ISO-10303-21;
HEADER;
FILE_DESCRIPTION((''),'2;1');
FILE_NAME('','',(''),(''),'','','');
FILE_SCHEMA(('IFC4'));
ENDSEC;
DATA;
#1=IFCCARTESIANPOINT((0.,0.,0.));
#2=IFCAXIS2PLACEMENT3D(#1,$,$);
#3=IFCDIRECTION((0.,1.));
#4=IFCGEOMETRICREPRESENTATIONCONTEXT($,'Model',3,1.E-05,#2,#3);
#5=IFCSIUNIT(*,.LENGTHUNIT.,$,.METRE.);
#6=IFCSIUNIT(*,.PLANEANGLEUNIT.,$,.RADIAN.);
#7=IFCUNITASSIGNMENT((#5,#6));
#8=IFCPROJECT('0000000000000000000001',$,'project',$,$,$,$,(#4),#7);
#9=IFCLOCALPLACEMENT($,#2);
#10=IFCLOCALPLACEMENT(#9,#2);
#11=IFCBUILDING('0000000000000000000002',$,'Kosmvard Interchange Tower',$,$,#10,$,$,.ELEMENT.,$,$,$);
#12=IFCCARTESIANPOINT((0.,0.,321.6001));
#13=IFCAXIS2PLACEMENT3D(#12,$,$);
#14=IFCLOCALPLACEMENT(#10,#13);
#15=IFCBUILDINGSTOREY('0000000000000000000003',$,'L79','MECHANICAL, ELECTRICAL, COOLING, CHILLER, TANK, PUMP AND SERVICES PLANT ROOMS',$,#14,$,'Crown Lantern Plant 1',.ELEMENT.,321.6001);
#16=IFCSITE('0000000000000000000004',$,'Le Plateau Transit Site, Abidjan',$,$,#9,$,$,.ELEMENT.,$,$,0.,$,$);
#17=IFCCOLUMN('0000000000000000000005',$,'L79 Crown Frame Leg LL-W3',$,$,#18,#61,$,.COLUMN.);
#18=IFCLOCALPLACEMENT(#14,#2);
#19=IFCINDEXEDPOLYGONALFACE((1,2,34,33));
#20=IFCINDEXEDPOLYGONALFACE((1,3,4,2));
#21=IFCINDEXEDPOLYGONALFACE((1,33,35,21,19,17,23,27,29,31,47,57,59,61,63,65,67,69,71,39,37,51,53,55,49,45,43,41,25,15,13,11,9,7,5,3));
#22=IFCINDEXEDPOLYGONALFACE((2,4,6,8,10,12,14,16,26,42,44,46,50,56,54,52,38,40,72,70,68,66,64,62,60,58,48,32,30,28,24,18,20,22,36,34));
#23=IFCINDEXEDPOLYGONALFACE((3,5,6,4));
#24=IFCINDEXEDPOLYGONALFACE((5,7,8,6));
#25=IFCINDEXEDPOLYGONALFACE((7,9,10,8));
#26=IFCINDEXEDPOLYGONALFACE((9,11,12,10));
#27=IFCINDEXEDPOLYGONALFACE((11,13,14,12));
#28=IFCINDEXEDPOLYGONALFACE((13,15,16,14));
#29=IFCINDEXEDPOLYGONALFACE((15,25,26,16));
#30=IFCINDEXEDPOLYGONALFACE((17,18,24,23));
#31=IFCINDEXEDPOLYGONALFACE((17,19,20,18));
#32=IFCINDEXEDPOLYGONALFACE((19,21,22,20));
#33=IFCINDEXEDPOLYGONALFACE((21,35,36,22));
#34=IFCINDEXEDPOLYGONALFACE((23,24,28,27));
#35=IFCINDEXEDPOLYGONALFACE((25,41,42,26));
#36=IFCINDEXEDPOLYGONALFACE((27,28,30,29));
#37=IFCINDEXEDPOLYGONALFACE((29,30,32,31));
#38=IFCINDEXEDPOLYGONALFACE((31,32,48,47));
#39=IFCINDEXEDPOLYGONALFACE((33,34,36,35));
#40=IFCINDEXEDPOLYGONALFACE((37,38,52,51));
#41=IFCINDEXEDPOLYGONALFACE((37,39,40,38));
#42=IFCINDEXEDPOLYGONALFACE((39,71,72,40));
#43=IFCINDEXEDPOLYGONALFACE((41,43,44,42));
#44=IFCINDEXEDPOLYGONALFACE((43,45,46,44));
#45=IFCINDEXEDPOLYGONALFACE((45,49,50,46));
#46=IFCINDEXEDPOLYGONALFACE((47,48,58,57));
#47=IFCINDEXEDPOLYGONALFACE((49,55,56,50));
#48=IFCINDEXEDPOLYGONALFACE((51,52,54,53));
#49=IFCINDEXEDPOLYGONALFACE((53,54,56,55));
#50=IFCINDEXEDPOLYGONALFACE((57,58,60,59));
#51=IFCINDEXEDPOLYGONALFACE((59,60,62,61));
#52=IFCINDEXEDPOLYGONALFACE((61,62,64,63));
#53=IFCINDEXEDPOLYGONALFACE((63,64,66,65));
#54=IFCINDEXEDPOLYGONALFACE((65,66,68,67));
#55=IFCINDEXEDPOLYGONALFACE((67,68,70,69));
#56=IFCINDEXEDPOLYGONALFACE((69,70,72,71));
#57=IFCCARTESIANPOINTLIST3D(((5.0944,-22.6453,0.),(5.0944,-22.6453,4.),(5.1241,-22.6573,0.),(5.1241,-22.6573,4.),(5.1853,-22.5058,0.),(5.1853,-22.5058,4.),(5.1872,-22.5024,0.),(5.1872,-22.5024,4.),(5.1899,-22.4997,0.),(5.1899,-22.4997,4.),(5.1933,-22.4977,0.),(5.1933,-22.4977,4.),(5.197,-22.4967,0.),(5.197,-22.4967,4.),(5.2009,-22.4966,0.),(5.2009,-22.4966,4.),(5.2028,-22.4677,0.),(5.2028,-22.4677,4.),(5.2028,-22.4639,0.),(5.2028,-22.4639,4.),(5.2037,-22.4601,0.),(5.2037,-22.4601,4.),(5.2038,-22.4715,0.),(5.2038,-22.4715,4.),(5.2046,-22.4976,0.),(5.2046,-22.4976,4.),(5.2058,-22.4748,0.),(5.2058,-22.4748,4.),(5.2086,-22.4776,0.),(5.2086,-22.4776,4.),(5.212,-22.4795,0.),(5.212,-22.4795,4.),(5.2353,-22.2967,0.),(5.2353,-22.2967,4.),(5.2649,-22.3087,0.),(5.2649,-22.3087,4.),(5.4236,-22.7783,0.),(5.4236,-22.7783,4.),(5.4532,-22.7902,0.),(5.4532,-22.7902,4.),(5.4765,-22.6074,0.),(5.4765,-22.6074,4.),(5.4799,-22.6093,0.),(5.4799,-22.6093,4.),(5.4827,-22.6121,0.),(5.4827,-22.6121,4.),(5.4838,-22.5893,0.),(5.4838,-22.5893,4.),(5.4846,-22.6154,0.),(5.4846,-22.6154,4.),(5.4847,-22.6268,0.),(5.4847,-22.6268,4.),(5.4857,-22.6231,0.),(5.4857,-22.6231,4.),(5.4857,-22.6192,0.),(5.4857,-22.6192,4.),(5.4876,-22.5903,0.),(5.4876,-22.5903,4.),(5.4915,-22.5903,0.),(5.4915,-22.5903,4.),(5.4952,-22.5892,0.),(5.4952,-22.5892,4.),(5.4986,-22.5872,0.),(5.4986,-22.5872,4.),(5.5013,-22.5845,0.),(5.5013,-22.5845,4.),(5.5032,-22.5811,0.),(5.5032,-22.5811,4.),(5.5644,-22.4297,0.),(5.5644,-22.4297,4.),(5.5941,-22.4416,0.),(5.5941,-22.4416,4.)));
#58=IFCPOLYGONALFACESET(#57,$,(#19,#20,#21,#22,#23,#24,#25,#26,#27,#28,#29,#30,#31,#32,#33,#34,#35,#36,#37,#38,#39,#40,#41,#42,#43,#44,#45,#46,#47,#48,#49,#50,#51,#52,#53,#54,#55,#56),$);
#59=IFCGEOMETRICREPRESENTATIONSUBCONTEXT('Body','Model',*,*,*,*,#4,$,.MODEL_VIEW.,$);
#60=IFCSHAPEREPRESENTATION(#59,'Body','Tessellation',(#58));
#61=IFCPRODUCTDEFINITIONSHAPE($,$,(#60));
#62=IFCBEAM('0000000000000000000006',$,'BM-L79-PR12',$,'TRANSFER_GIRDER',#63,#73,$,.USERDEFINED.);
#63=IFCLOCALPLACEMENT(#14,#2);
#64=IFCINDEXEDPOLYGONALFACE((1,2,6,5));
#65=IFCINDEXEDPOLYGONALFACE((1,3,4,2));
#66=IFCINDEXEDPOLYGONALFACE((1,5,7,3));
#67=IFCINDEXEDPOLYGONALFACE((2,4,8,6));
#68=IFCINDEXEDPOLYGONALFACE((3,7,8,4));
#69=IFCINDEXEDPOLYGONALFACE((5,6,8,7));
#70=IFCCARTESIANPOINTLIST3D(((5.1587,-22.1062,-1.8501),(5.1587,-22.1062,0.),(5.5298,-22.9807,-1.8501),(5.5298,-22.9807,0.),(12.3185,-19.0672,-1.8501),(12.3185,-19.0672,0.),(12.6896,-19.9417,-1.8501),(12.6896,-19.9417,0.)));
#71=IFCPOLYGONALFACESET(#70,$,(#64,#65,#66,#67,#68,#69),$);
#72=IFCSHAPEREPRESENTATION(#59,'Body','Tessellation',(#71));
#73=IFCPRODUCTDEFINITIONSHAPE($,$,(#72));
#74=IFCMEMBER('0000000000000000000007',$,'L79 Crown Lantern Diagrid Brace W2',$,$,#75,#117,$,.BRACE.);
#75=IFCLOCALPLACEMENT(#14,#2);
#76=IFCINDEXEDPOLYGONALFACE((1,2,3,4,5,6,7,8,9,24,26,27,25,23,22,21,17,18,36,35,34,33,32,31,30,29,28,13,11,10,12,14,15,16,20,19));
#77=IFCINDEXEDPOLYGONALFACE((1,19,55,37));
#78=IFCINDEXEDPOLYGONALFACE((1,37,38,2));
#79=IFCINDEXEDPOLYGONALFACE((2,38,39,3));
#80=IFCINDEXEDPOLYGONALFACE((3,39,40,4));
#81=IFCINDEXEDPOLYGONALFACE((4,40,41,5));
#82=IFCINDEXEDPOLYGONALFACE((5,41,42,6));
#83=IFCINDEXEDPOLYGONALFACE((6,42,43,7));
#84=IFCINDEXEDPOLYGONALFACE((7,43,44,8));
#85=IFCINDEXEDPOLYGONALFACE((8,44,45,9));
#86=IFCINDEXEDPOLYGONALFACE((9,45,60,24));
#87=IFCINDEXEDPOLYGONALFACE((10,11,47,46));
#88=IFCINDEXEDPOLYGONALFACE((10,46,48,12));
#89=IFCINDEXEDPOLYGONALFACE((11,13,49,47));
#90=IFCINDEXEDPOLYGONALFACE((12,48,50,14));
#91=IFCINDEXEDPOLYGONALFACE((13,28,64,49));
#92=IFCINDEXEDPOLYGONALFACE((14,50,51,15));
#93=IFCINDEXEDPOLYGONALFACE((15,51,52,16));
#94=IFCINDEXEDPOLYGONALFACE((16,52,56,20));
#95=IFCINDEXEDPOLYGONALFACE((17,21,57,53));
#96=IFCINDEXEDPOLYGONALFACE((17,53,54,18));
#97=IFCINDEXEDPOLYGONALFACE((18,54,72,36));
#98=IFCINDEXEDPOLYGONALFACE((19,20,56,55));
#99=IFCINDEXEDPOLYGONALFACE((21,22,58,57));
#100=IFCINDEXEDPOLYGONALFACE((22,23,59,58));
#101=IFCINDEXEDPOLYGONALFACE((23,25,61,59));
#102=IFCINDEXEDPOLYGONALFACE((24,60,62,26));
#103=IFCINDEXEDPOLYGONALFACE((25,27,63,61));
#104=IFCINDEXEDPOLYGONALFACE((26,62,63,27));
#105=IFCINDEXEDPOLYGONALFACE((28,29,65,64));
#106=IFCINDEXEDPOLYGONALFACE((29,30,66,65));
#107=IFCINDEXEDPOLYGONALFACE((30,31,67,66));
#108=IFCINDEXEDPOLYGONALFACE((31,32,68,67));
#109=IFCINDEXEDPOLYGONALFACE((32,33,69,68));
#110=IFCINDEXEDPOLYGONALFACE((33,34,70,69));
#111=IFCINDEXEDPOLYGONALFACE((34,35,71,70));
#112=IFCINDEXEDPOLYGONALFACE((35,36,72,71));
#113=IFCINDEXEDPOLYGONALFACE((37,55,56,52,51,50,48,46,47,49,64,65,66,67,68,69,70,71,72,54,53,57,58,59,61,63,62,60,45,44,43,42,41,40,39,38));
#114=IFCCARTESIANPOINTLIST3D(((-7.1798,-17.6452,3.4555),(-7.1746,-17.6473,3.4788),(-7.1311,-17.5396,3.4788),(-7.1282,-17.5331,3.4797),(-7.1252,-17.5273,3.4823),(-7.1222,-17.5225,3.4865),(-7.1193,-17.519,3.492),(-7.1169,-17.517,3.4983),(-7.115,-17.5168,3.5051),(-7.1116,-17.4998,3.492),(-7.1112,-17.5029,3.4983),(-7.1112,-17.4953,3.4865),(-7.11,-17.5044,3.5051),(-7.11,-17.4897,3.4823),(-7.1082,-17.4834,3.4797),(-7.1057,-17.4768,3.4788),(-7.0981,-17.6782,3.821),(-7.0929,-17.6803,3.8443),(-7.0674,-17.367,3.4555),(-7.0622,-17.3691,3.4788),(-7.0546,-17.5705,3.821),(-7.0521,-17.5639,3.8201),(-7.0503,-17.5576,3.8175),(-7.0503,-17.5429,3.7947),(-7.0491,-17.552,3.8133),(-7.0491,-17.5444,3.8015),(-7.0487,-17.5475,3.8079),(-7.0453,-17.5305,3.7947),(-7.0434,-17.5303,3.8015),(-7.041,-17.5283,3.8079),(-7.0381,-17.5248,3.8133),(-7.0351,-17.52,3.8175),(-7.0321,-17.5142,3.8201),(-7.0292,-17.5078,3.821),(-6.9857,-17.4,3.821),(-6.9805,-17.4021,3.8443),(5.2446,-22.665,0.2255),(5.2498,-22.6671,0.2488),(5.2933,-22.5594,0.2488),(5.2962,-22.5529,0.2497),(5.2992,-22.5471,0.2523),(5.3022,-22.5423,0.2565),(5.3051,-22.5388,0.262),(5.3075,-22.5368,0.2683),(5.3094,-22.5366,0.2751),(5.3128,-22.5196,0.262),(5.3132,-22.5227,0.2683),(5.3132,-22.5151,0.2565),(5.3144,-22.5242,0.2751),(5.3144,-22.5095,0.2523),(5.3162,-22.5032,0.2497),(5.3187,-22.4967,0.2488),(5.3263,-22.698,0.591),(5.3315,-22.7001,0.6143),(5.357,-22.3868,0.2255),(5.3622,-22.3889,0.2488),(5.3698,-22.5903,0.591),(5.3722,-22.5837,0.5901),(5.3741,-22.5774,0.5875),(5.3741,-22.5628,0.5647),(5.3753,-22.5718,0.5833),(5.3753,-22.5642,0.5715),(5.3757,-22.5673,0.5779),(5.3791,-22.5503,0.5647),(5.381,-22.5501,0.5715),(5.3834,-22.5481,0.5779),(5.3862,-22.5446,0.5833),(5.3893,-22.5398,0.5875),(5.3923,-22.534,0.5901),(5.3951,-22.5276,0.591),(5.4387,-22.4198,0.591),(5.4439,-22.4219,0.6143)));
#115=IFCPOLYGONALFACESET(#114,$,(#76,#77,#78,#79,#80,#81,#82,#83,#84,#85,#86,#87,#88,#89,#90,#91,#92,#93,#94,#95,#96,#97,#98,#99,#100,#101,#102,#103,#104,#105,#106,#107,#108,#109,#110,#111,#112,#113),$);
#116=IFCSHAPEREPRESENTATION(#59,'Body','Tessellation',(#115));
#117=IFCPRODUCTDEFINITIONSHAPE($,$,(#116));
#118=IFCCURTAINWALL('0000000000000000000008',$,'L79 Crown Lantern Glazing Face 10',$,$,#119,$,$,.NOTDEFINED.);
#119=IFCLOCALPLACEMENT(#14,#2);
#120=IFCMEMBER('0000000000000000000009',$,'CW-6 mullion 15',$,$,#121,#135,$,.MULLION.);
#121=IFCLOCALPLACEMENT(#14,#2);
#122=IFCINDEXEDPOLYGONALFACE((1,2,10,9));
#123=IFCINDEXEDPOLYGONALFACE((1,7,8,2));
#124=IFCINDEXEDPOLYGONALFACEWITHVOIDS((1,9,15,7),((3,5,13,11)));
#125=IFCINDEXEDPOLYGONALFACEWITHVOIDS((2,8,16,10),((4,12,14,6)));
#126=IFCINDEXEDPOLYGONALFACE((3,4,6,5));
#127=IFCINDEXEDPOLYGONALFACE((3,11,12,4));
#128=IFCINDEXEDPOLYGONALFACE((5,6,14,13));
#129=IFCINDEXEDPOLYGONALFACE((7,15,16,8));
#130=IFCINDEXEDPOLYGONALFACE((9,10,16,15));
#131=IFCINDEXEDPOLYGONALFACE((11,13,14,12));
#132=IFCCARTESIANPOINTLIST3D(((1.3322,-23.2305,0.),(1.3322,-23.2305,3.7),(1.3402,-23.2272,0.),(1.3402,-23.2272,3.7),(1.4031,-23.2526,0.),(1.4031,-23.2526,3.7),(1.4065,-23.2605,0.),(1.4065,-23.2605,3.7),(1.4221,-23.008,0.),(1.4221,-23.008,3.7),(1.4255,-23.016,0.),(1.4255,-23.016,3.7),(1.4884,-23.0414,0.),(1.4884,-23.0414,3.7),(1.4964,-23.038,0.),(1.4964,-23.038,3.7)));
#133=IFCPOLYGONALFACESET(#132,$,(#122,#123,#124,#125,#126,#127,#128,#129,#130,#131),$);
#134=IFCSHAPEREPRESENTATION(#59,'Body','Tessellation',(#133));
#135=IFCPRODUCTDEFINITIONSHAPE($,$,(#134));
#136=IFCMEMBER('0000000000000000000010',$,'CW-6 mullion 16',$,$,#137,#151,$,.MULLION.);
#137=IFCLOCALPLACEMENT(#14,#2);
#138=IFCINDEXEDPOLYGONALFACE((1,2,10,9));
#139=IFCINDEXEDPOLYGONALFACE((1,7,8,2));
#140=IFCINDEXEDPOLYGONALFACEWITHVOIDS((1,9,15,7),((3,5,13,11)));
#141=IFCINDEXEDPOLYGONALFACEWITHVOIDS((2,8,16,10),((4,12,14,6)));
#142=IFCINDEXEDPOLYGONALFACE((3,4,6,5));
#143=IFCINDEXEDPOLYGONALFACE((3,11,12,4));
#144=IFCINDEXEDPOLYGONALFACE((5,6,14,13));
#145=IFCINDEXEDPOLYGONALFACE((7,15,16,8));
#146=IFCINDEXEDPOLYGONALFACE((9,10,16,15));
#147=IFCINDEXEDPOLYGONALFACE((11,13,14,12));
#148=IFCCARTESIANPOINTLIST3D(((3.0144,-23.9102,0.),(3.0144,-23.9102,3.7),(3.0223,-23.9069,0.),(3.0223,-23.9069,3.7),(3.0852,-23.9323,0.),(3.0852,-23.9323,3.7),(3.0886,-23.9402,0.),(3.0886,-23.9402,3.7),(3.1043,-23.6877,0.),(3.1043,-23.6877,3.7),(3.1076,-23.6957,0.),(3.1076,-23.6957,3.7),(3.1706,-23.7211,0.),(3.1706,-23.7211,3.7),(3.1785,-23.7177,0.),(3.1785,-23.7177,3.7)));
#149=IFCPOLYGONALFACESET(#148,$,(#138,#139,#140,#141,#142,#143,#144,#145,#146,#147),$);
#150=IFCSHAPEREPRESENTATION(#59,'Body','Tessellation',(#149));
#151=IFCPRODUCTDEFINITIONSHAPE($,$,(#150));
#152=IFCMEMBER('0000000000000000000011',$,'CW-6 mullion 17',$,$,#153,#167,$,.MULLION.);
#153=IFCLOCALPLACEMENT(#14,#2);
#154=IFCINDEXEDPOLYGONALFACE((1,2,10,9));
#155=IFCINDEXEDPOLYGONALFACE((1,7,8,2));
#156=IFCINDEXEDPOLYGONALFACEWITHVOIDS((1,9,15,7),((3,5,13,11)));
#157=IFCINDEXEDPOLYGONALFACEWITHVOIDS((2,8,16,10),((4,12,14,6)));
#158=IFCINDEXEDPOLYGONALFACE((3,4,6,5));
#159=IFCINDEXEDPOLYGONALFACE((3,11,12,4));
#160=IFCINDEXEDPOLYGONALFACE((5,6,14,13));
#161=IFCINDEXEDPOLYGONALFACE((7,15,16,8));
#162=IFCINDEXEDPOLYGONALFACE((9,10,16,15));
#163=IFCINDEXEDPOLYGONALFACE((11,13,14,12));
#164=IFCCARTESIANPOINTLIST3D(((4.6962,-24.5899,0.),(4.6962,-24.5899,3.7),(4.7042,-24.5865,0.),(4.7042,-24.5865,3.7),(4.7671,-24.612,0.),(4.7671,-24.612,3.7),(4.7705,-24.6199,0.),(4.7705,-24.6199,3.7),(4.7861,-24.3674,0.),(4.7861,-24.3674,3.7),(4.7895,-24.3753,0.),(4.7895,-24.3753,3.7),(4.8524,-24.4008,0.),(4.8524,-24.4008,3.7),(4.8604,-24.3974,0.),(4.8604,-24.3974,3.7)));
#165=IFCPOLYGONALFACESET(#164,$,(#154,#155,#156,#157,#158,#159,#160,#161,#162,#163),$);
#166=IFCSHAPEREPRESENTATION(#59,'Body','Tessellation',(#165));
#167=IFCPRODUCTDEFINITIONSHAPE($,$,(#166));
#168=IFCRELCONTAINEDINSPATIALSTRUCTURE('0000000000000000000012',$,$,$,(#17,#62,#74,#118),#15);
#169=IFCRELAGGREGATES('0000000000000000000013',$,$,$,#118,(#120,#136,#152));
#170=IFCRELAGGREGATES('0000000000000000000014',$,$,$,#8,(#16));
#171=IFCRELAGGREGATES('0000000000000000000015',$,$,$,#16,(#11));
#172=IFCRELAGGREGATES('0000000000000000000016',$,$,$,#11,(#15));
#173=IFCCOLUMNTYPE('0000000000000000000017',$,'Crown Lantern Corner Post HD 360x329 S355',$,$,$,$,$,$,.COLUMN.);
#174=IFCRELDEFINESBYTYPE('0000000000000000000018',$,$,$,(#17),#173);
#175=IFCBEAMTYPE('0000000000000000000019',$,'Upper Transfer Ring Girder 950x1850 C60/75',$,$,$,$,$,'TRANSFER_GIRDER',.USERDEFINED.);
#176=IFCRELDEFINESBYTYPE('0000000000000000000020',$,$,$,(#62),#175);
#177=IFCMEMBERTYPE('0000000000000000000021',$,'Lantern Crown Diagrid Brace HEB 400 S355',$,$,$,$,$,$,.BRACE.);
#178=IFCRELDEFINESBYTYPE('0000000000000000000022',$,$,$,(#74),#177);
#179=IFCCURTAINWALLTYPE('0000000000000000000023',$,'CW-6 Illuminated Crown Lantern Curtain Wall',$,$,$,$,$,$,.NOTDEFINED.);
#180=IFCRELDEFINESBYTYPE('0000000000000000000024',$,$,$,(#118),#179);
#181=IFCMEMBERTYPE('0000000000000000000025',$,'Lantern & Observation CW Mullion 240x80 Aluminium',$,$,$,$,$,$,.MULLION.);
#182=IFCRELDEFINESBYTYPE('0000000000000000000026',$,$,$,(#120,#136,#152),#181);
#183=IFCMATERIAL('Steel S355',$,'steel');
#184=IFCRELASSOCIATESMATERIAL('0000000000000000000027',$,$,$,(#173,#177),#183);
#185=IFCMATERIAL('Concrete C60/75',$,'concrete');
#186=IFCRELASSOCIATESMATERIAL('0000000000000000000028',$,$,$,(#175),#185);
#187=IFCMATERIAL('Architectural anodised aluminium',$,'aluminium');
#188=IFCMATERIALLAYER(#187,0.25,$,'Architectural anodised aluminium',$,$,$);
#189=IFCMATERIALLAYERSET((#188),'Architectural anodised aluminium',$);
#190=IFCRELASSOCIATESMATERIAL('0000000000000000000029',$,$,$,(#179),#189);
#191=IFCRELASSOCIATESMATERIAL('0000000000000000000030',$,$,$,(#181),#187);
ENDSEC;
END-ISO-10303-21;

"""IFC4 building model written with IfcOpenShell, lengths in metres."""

from ifc_helpers import new_model, si_unit, direction, frame, origin, origin_2d, place, context, subcontext, project, spatial, rectangle, hollow_rectangle, i_section, extrude, source, transform, mapped, material, layer, layer_set, material_profile, profile_set, type_object, element, aggregate, save


model = new_model("IFC4")

# Units and contexts
model_context = context("Model", 3, precision=1e-05, world=origin(), true_north=direction((0.0, 1.0)))
body_context = subcontext(model_context, "Body", "Model", "MODEL_VIEW")
ifc_project = project(units=[si_unit("LENGTHUNIT", "METRE"), si_unit("PLANEANGLEUNIT", "RADIAN")], contexts=[model_context])

# Site, building, storey
site_placement = place(None, origin())
site = spatial("IfcSite", under=ifc_project, at=site_placement, Name="Le Plateau Transit Site, Abidjan", CompositionType="ELEMENT", RefElevation=0.0)
building_placement = place(site_placement, origin())
building = spatial("IfcBuilding", under=site, at=building_placement, Name="Kosmvard Interchange Tower", CompositionType="ELEMENT")
storey_placement = place(building_placement, frame((0.0, 0.0, 321.6001)))
storey = spatial("IfcBuildingStorey", under=building, at=storey_placement, Name="L79", Description="MECHANICAL, ELECTRICAL, COOLING, CHILLER, TANK, PUMP AND SERVICES PLANT ROOMS", LongName="Crown Lantern Plant 1", CompositionType="ELEMENT", Elevation=321.6001)

# Column
ifc_material_1 = material(Name="Steel S355", Category="steel")
ifc_material_profile_1 = material_profile(ifc_material_1, i_section(OverallWidth=0.376, OverallDepth=0.387, WebThickness=0.0195, FlangeThickness=0.032, FilletRadius=0.0149, at=origin_2d()), Name="HD 360x329")
ifc_profile_set_1 = profile_set([ifc_material_profile_1], Name="Steel S355")
column_type = type_object("IfcColumnType", Name="Crown Lantern Corner Post HD 360x329 S355", PredefinedType="COLUMN", material=ifc_profile_set_1)
shared_shape_1 = source(origin(), body_context, "Body", "SweptSolid", [
    extrude(i_section(OverallWidth=0.376, OverallDepth=0.387, WebThickness=0.0195, FlangeThickness=0.032, FilletRadius=0.0149, at=origin_2d()), origin(), (0.0, 0.0, 1.0), 4.0),
])
column_placement = place(storey_placement, frame((5.3442, -22.5435, 0.0), z_axis=(0.0, 0.0, 1.0), x_axis=(0.374607, 0.927184, 0.0)))
element("IfcColumn", 1, at=column_placement, inside=storey, type_object=column_type, Name="L79 Crown Frame Leg LL-W3", PredefinedType="COLUMN", context=body_context, shape_type="MappedRepresentation", body=[
    mapped(shared_shape_1, transform((0.0, 0.0, 0.0), scale=1.0)),
])

# Beam
ifc_material_2 = material(Name="Concrete C60/75", Category="concrete")
ifc_material_profile_2 = material_profile(ifc_material_2, rectangle(XDim=0.95, YDim=1.8501, at=origin_2d()), Name="TG 950x1850")
ifc_profile_set_2 = profile_set([ifc_material_profile_2], Name="Concrete C60/75")
beam_type = type_object("IfcBeamType", Name="Upper Transfer Ring Girder 950x1850 C60/75", ElementType="TRANSFER_GIRDER", PredefinedType="USERDEFINED", material=ifc_profile_set_2)
shared_shape_2 = source(origin(), body_context, "Body", "SweptSolid", [
    extrude(rectangle(XDim=0.95, YDim=1.8501, at=origin_2d()), origin(), (0.0, 0.0, 1.0), 7.7781),
])
beam_placement = place(storey_placement, frame((5.3442, -22.5435, -0.925), z_axis=(0.920511, 0.390716, 0.0), x_axis=(-0.390716, 0.920511, 0.0)))
element("IfcBeam", 2, at=beam_placement, inside=storey, type_object=beam_type, Name="BM-L79-PR12", ObjectType="TRANSFER_GIRDER", PredefinedType="USERDEFINED", context=body_context, shape_type="MappedRepresentation", body=[
    mapped(shared_shape_2, transform((0.0, 0.0, 0.0), scale=1.0)),
])

# Member
ifc_material_profile_3 = material_profile(ifc_material_1, i_section(OverallWidth=0.3, OverallDepth=0.3999, WebThickness=0.0134, FlangeThickness=0.0239, FilletRadius=0.0271, at=origin_2d()), Name="HEB 400")
ifc_profile_set_3 = profile_set([ifc_material_profile_3], Name="Steel S355")
member_type_1 = type_object("IfcMemberType", Name="Lantern Crown Diagrid Brace HEB 400 S355", PredefinedType="BRACE", material=ifc_profile_set_3)
shared_shape_3 = source(origin(), body_context, "Body", "SweptSolid", [
    extrude(i_section(OverallWidth=0.3, OverallDepth=0.3999, WebThickness=0.0134, FlangeThickness=0.0239, FilletRadius=0.0271, at=origin_2d()), origin(), (0.0, 0.0, 1.0), 13.7839),
])
member_1_placement = place(storey_placement, frame((5.3442, -22.5435, 0.4199), z_axis=(-0.901368, 0.364178, 0.234331), x_axis=(-0.374608, -0.927183, 0.0)))
element("IfcMember", 3, at=member_1_placement, inside=storey, type_object=member_type_1, Name="L79 Crown Lantern Diagrid Brace W2", PredefinedType="BRACE", context=body_context, shape_type="MappedRepresentation", body=[
    mapped(shared_shape_3, transform((0.0, 0.0, 0.0), scale=1.0)),
])

# Curtain wall, members
ifc_material_3 = material(Name="Architectural anodised aluminium", Category="aluminium")
ifc_layer_1 = layer(ifc_material_3, 0.25, Name="Architectural anodised aluminium")
ifc_layer_set_1 = layer_set([ifc_layer_1], Name="Architectural anodised aluminium")
curtain_wall_type = type_object("IfcCurtainWallType", Name="CW-6 Illuminated Crown Lantern Curtain Wall", PredefinedType="NOTDEFINED", material=ifc_layer_set_1)
curtain_wall_placement = place(storey_placement, origin())
curtain_wall = element("IfcCurtainWall", 4, at=curtain_wall_placement, inside=storey, type_object=curtain_wall_type, Name="L79 Crown Lantern Glazing Face 10", PredefinedType="NOTDEFINED")
ifc_material_profile_4 = material_profile(ifc_material_3, hollow_rectangle(XDim=0.24, YDim=0.0801, WallThickness=0.0061, at=origin_2d()), Name="CWM 240x80x6")
ifc_profile_set_4 = profile_set([ifc_material_profile_4], Name="Architectural anodised aluminium")
member_type_2 = type_object("IfcMemberType", Name="Lantern & Observation CW Mullion 240x80 Aluminium", PredefinedType="MULLION", material=ifc_profile_set_4)
shared_shape_4 = source(origin(), body_context, "Body", "SweptSolid", [
    extrude(hollow_rectangle(XDim=0.24, YDim=0.0801, WallThickness=0.0061, at=origin_2d()), origin(), (0.0, 0.0, 1.0), 3.7),
])
member_2_placement = place(storey_placement, frame((1.4143, -23.1343, 0.0), z_axis=(0.0, 0.0, 1.0), x_axis=(0.374607, 0.927184, 0.0)))
member_2 = element("IfcMember", 5, at=member_2_placement, type_object=member_type_2, Name="CW-6 mullion 15", PredefinedType="MULLION", context=body_context, shape_type="MappedRepresentation", body=[
    mapped(shared_shape_4, transform((0.0, 0.0, 0.0), scale=1.0)),
])
member_3_placement = place(storey_placement, frame((3.0964, -23.814, 0.0), z_axis=(0.0, 0.0, 1.0), x_axis=(0.374607, 0.927184, 0.0)))
member_3 = element("IfcMember", 6, at=member_3_placement, type_object=member_type_2, Name="CW-6 mullion 16", PredefinedType="MULLION", context=body_context, shape_type="MappedRepresentation", body=[
    mapped(shared_shape_4, transform((0.0, 0.0, 0.0), scale=1.0)),
])
member_4_placement = place(storey_placement, frame((4.7783, -24.4937, 0.0), z_axis=(0.0, 0.0, 1.0), x_axis=(0.374607, 0.927184, 0.0)))
member_4 = element("IfcMember", 7, at=member_4_placement, type_object=member_type_2, Name="CW-6 mullion 17", PredefinedType="MULLION", context=body_context, shape_type="MappedRepresentation", body=[
    mapped(shared_shape_4, transform((0.0, 0.0, 0.0), scale=1.0)),
])

aggregate(curtain_wall, [member_2, member_3, member_4])

save(model, "model.ifc")
